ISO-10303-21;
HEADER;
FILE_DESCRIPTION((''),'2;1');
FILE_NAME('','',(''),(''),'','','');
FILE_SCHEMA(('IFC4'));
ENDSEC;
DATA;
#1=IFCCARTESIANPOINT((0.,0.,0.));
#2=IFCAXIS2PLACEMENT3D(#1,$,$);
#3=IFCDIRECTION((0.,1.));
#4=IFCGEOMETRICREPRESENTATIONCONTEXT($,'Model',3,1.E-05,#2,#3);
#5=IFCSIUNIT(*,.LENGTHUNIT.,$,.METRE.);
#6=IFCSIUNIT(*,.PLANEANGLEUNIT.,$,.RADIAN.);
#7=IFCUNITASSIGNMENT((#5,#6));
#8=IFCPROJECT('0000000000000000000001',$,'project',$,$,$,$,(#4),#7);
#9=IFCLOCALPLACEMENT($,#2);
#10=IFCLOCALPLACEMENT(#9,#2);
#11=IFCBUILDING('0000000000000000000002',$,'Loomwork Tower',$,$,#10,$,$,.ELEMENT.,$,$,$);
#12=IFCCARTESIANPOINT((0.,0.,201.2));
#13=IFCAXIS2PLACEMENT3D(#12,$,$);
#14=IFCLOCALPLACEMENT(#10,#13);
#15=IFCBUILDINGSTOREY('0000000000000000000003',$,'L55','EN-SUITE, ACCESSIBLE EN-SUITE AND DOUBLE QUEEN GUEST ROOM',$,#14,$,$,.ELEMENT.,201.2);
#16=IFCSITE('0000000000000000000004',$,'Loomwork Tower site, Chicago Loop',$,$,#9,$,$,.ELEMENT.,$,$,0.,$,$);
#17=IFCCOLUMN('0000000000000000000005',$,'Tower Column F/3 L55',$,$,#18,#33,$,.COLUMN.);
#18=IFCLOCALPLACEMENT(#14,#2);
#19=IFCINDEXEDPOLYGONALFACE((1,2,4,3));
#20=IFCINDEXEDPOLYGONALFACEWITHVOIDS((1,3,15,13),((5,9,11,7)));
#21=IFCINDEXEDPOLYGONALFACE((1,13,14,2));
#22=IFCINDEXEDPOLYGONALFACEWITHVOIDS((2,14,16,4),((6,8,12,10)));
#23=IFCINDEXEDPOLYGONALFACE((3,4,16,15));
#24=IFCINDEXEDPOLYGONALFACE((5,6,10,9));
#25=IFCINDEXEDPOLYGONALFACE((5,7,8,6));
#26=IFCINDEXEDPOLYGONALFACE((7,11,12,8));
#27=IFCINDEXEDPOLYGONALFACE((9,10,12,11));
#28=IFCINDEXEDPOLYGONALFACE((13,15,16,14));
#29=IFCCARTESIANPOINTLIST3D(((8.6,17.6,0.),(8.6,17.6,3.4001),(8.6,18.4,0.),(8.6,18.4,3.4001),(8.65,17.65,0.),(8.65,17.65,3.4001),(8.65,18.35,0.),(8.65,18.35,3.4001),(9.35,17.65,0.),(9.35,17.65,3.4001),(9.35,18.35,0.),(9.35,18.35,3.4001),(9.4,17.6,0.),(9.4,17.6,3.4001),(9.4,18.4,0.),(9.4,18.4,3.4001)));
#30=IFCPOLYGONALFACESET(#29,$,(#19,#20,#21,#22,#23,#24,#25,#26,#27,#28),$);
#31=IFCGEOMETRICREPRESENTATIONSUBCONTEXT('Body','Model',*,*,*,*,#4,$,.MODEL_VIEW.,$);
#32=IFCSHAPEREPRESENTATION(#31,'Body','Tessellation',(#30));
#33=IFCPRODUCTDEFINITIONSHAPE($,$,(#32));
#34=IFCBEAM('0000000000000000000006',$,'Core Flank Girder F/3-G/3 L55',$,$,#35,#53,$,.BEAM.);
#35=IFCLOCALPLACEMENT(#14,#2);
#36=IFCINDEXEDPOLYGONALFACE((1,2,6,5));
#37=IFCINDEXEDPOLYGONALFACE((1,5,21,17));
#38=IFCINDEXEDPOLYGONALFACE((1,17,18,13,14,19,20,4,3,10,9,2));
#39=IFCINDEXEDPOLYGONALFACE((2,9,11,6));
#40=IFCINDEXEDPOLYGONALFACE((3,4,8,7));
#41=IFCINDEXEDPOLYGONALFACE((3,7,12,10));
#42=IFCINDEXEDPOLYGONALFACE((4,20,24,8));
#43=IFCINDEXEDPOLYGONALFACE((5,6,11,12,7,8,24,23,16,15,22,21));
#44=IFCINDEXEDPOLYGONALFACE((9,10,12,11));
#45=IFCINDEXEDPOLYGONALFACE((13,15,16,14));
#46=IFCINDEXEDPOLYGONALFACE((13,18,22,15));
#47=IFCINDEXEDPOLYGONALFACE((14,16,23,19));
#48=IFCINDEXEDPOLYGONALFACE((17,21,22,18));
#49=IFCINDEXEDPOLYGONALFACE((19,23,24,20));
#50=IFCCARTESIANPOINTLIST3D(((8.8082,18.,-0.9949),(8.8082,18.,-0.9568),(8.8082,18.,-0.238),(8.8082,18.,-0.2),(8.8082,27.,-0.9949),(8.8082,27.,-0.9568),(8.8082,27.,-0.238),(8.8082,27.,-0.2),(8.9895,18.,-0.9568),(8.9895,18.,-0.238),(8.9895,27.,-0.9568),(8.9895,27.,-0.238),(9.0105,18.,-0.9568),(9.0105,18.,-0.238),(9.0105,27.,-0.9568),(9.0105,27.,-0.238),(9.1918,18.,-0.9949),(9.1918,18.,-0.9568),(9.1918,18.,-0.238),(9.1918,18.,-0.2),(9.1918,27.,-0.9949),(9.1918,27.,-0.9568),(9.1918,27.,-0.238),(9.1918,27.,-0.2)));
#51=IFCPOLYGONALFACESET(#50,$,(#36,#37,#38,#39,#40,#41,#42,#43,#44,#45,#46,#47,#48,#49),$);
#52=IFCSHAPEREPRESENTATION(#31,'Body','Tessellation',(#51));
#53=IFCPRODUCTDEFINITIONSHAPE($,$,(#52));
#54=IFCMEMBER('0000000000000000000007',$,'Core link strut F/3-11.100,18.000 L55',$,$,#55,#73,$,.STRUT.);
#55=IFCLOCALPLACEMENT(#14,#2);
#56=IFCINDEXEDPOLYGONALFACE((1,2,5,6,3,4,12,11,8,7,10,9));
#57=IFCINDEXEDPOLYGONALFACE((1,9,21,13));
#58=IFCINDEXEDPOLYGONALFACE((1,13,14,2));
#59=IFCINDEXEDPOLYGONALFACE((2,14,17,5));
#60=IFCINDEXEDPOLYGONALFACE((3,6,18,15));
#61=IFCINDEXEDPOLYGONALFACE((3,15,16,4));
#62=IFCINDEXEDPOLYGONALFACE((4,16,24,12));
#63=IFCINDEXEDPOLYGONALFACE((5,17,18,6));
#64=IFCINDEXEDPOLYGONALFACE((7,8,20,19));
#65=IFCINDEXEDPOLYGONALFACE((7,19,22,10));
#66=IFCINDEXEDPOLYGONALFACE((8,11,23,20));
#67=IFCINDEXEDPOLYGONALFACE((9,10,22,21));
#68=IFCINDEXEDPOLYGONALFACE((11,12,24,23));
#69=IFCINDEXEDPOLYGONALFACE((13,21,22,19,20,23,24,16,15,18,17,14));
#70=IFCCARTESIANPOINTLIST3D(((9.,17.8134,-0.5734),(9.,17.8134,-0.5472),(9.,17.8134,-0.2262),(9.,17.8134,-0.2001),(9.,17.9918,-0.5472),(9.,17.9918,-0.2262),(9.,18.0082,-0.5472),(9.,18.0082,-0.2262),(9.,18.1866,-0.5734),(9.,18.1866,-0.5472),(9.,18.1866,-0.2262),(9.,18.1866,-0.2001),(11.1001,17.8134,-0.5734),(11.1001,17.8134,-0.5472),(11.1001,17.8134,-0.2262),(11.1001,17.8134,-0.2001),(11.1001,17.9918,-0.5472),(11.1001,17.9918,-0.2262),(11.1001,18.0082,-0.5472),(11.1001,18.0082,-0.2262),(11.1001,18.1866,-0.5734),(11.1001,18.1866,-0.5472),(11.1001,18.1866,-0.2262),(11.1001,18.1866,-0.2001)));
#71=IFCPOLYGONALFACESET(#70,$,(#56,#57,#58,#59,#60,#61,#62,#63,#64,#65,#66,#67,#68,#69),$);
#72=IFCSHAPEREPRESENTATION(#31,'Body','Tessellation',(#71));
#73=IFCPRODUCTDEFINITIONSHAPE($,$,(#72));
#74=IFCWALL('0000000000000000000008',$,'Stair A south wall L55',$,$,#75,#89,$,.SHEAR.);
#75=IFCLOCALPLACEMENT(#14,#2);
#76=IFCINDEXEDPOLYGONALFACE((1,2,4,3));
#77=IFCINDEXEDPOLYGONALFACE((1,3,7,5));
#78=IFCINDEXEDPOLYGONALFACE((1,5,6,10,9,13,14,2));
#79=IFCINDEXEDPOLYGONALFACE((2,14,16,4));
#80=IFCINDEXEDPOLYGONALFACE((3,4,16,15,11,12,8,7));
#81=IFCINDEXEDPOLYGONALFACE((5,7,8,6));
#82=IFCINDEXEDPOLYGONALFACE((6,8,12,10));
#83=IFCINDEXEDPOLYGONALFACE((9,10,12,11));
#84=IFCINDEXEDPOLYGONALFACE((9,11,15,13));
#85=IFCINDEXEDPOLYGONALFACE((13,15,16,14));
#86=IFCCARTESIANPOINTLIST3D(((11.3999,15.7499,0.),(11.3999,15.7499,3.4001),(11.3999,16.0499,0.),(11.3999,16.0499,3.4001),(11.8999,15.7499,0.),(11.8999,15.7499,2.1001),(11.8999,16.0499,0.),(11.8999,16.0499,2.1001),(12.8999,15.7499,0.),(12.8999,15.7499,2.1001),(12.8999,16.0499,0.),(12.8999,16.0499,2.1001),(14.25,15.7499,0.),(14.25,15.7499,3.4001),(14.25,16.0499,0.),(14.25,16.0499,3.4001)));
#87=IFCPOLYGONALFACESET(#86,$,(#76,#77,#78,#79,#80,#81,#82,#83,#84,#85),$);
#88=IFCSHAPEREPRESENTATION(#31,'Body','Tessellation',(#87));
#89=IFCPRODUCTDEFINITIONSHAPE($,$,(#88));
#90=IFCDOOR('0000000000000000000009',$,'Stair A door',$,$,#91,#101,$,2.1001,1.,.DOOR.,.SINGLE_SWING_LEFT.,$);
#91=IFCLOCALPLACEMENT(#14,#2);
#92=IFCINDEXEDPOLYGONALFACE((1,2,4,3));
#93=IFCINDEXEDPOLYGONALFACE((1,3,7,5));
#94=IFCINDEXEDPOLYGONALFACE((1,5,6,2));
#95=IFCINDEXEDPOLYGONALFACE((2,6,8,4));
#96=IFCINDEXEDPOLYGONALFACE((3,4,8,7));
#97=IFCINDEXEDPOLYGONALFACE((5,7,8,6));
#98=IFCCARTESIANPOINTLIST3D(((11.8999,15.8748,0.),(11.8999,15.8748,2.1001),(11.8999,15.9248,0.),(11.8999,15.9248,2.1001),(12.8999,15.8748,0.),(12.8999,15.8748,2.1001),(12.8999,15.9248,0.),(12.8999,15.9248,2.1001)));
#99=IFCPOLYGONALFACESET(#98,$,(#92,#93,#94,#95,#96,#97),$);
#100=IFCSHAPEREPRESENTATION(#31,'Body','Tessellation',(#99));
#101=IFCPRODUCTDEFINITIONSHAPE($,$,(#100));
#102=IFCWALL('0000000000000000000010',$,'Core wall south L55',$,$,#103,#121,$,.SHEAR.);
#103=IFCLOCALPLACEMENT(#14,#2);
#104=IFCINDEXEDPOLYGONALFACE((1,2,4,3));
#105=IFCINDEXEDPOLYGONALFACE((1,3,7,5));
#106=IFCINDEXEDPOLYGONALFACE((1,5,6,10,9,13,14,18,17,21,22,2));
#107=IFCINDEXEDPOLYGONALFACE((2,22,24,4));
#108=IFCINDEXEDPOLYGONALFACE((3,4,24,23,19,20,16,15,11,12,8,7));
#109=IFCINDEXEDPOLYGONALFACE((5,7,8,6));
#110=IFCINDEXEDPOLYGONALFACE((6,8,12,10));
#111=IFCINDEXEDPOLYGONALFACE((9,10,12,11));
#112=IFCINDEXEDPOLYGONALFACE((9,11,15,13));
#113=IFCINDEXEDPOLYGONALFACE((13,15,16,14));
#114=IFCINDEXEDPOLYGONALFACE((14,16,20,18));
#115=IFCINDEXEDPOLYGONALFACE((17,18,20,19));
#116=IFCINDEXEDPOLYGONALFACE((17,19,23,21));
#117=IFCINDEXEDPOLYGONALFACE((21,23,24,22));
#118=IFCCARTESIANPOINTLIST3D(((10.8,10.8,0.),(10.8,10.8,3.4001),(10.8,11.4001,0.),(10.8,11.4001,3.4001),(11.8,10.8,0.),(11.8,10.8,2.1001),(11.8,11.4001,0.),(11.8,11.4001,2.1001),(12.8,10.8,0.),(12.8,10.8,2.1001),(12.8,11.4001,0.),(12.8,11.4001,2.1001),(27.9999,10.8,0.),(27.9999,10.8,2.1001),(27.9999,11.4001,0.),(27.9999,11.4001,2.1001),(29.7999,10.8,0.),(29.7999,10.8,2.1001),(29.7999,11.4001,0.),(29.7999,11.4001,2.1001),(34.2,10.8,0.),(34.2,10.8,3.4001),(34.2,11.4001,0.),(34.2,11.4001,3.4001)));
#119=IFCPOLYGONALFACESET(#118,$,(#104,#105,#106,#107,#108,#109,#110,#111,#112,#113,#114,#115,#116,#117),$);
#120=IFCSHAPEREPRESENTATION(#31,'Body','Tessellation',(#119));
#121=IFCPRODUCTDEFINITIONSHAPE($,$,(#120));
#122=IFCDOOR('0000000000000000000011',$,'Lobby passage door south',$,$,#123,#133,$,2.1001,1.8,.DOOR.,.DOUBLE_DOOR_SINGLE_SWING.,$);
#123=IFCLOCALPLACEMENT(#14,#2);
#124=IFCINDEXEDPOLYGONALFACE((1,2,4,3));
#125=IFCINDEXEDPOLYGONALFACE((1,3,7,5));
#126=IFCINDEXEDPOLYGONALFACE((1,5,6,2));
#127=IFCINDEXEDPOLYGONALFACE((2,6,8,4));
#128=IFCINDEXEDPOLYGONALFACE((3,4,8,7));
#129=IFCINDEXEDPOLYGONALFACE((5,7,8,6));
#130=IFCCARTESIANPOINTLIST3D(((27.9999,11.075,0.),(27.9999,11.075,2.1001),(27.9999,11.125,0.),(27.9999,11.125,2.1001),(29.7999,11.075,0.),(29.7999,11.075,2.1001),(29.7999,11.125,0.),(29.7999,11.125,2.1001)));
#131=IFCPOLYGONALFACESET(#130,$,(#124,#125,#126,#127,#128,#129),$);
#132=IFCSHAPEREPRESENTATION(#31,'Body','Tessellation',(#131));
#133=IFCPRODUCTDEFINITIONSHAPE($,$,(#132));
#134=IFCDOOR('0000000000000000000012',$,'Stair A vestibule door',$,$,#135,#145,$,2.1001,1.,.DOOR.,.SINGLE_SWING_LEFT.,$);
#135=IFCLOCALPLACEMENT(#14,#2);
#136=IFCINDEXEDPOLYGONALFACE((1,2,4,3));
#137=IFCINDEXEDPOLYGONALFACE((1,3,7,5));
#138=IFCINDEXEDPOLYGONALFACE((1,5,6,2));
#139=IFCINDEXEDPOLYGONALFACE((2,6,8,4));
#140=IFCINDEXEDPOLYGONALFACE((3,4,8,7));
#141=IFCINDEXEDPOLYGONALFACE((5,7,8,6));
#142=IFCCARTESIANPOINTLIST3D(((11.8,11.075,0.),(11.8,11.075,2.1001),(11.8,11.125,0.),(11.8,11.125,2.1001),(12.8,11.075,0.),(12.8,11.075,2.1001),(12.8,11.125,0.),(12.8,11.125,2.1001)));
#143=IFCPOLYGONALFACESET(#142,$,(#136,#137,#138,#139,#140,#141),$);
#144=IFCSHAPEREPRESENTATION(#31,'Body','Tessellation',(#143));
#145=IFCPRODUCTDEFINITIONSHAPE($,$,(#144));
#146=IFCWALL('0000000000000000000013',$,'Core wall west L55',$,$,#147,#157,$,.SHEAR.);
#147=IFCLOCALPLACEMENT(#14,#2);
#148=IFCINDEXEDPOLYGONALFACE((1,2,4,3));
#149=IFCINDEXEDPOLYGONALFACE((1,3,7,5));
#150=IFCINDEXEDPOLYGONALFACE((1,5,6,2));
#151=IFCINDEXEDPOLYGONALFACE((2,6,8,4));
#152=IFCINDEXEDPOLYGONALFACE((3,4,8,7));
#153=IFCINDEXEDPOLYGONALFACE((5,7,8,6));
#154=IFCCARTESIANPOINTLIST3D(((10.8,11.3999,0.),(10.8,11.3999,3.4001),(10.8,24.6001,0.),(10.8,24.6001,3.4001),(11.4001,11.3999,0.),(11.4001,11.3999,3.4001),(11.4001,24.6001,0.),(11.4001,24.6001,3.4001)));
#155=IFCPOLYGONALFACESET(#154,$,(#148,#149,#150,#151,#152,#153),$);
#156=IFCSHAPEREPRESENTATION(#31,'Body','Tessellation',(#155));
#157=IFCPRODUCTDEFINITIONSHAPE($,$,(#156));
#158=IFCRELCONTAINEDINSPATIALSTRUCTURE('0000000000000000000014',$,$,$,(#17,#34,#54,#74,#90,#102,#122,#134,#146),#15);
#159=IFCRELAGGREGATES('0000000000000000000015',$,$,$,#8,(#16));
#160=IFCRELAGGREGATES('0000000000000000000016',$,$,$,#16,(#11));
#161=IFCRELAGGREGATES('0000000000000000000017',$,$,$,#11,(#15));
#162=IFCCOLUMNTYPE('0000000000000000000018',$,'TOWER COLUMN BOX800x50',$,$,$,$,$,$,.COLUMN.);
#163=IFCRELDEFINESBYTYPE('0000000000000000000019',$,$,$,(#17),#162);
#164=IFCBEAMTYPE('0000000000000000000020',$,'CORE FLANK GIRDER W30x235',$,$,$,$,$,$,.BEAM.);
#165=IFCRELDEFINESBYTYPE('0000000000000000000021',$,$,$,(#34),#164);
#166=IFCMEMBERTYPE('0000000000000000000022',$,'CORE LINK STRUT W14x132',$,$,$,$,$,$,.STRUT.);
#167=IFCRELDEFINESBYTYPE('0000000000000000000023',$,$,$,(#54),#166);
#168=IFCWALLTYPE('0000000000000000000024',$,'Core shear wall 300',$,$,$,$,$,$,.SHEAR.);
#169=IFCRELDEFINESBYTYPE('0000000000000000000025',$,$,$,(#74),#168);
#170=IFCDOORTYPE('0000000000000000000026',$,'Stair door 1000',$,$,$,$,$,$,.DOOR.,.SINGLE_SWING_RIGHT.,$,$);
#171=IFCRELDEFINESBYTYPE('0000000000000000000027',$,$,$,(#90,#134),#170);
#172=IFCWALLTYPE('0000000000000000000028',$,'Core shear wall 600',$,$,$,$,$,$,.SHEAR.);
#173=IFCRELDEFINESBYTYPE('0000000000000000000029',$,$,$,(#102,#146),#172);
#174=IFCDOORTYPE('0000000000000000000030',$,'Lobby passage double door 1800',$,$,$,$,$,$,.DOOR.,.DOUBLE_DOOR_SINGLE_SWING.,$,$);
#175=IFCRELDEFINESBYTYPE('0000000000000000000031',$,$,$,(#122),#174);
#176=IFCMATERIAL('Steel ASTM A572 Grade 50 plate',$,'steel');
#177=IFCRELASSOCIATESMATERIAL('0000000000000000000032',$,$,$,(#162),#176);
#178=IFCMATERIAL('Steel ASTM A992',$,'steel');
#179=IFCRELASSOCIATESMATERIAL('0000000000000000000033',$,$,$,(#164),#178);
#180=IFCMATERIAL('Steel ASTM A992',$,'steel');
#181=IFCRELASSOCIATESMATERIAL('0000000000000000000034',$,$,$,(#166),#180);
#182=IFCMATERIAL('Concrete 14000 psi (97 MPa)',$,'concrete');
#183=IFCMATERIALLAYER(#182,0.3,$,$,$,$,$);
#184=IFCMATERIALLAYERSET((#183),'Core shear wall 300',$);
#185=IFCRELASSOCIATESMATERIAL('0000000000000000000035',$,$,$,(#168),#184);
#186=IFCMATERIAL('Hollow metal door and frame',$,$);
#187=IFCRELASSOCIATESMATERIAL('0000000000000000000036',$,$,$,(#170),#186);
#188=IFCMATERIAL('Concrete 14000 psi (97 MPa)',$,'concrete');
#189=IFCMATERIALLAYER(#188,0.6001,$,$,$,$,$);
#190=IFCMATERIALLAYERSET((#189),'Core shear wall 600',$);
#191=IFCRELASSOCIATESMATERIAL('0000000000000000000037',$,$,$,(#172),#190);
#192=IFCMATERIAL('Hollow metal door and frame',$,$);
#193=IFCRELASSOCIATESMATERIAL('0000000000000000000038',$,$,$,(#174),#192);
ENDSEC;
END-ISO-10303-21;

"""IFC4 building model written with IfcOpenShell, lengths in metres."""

from ifc_helpers import new_model, si_unit, direction, frame, frame_2d, origin, origin_2d, place, context, subcontext, project, spatial, rectangle, hollow_rectangle, i_section, extrude, material, layer, layer_set, material_profile, profile_set, type_object, element, fill, save


model = new_model("IFC4")

# Units and contexts
model_context = context("Model", 3, precision=1e-05, world=origin(), true_north=direction((0.0, 1.0)))
body_context = subcontext(model_context, "Body", "Model", "MODEL_VIEW")
ifc_project = project(units=[si_unit("LENGTHUNIT", "METRE"), si_unit("PLANEANGLEUNIT", "RADIAN")], contexts=[model_context])

# Site, building, storey
site_placement = place(None, origin())
site = spatial("IfcSite", under=ifc_project, at=site_placement, Name="Loomwork Tower site, Chicago Loop", CompositionType="ELEMENT", RefElevation=0.0)
building_placement = place(site_placement, origin())
building = spatial("IfcBuilding", under=site, at=building_placement, Name="Loomwork Tower", CompositionType="ELEMENT")
storey_placement = place(building_placement, frame((0.0, 0.0, 201.2)))
storey = spatial("IfcBuildingStorey", under=building, at=storey_placement, Name="L55", Description="EN-SUITE, ACCESSIBLE EN-SUITE AND DOUBLE QUEEN GUEST ROOM", CompositionType="ELEMENT", Elevation=201.2)

# Column
ifc_material_1 = material(Name="Steel ASTM A572 Grade 50 plate", Category="steel")
ifc_material_profile_1 = material_profile(ifc_material_1, hollow_rectangle(XDim=0.8, YDim=0.8, WallThickness=0.05, at=origin_2d()), Name="BOX800x50")
ifc_profile_set_1 = profile_set([ifc_material_profile_1], Name="Steel ASTM A572 Grade 50 plate")
column_type = type_object("IfcColumnType", Name="TOWER COLUMN BOX800x50", PredefinedType="COLUMN", material=ifc_profile_set_1)
column_placement = place(storey_placement, frame((9.0, 18.0, 0.0), z_axis=(0.0, 0.0, 1.0), x_axis=(1.0, 0.0, 0.0)))
element("IfcColumn", 1, at=column_placement, inside=storey, type_object=column_type, Name="Tower Column F/3 L55", PredefinedType="COLUMN", context=body_context, shape_type="SweptSolid", body=[
    extrude(hollow_rectangle(XDim=0.8, YDim=0.8, WallThickness=0.05, at=origin_2d()), origin(), (0.0, 0.0, 1.0), 3.4001),
])

# Beam
ifc_material_2 = material(Name="Steel ASTM A992", Category="steel")
ifc_material_profile_2 = material_profile(ifc_material_2, i_section(OverallWidth=0.3835, OverallDepth=0.7949, WebThickness=0.021, FlangeThickness=0.0381, at=origin_2d()), Name="W30x235")
ifc_profile_set_2 = profile_set([ifc_material_profile_2], Name="Steel ASTM A992")
beam_type = type_object("IfcBeamType", Name="CORE FLANK GIRDER W30x235", PredefinedType="BEAM", material=ifc_profile_set_2)
beam_placement = place(storey_placement, frame((9.0, 18.0, -0.5974), z_axis=(0.0, 1.0, 0.0), x_axis=(-1.0, 0.0, 0.0)))
element("IfcBeam", 2, at=beam_placement, inside=storey, type_object=beam_type, Name="Core Flank Girder F/3-G/3 L55", PredefinedType="BEAM", context=body_context, shape_type="SweptSolid", body=[
    extrude(i_section(OverallWidth=0.3835, OverallDepth=0.7949, WebThickness=0.021, FlangeThickness=0.0381, at=origin_2d()), origin(), (0.0, 0.0, 1.0), 9.0),
])

# Member
ifc_material_3 = material(Name="Steel ASTM A992", Category="steel")
ifc_material_profile_3 = material_profile(ifc_material_3, i_section(OverallWidth=0.3733, OverallDepth=0.3733, WebThickness=0.0164, FlangeThickness=0.0261, at=origin_2d()), Name="W14x132")
ifc_profile_set_3 = profile_set([ifc_material_profile_3], Name="Steel ASTM A992")
member_type = type_object("IfcMemberType", Name="CORE LINK STRUT W14x132", PredefinedType="STRUT", material=ifc_profile_set_3)
member_placement = place(storey_placement, frame((9.0, 18.0, -0.3867), z_axis=(1.0, 0.0, 0.0), x_axis=(0.0, 1.0, 0.0)))
element("IfcMember", 3, at=member_placement, inside=storey, type_object=member_type, Name="Core link strut F/3-11.100,18.000 L55", PredefinedType="STRUT", context=body_context, shape_type="SweptSolid", body=[
    extrude(i_section(OverallWidth=0.3733, OverallDepth=0.3733, WebThickness=0.0164, FlangeThickness=0.0261, at=origin_2d()), origin(), (0.0, 0.0, 1.0), 2.1001),
])

# Wall, opening, door
ifc_material_4 = material(Name="Concrete 14000 psi (97 MPa)", Category="concrete")
ifc_layer_1 = layer(ifc_material_4, 0.3)
ifc_layer_set_1 = layer_set([ifc_layer_1], Name="Core shear wall 300")
wall_type_1 = type_object("IfcWallType", Name="Core shear wall 300", PredefinedType="SHEAR", material=ifc_layer_set_1)
wall_1_placement = place(storey_placement, frame((11.3999, 15.8999, 0.0), z_axis=(0.0, 0.0, 1.0), x_axis=(1.0, 0.0, 0.0)))
wall_1 = element("IfcWall", 4, at=wall_1_placement, inside=storey, type_object=wall_type_1, Name="Stair A south wall L55", PredefinedType="SHEAR", context=body_context, shape_type="SweptSolid", body=[
    extrude(rectangle(XDim=2.8501, YDim=0.3, at=frame_2d((1.425, 0.0))), origin(), (0.0, 0.0, 1.0), 3.4001),
])
opening_1_placement = place(wall_1_placement, frame((0.5, 0.0, 0.0)))
opening_1 = element("IfcOpeningElement", 5, at=opening_1_placement, cuts=wall_1, PredefinedType="OPENING", context=body_context, shape_type="SweptSolid", body=[
    extrude(rectangle(XDim=1.0, YDim=2.1001, at=frame_2d((0.5, 1.05))), frame((0.0, 0.1599, 0.0), z_axis=(0.0, -1.0, 0.0), x_axis=(1.0, 0.0, 0.0)), (0.0, 0.0, 1.0), 0.3201),
])
ifc_material_5 = material(Name="Hollow metal door and frame")
door_type_1 = type_object("IfcDoorType", Name="Stair door 1000", OperationType="SINGLE_SWING_RIGHT", PredefinedType="DOOR", material=ifc_material_5)
door_1_placement = place(opening_1_placement, origin())
door_1 = element("IfcDoor", 6, at=door_1_placement, inside=storey, type_object=door_type_1, Name="Stair A door", OperationType="SINGLE_SWING_LEFT", OverallHeight=2.1001, OverallWidth=1.0, PredefinedType="DOOR", context=body_context, shape_type="SweptSolid", body=[
    extrude(rectangle(XDim=1.0, YDim=2.1001, at=frame_2d((0.5, 1.05))), frame((0.0, 0.0249, 0.0), z_axis=(0.0, -1.0, 0.0), x_axis=(1.0, 0.0, 0.0)), (0.0, 0.0, 1.0), 0.05),
])
fill(opening_1, door_1)

# Wall, openings, doors
ifc_material_6 = material(Name="Concrete 14000 psi (97 MPa)", Category="concrete")
ifc_layer_2 = layer(ifc_material_6, 0.6001)
ifc_layer_set_2 = layer_set([ifc_layer_2], Name="Core shear wall 600")
wall_type_2 = type_object("IfcWallType", Name="Core shear wall 600", PredefinedType="SHEAR", material=ifc_layer_set_2)
wall_2_placement = place(storey_placement, frame((10.8, 11.1001, 0.0), z_axis=(0.0, 0.0, 1.0), x_axis=(1.0, 0.0, 0.0)))
wall_2 = element("IfcWall", 7, at=wall_2_placement, inside=storey, type_object=wall_type_2, Name="Core wall south L55", PredefinedType="SHEAR", context=body_context, shape_type="SweptSolid", body=[
    extrude(rectangle(XDim=23.3999, YDim=0.6001, at=frame_2d((11.7, 0.0))), origin(), (0.0, 0.0, 1.0), 3.4001),
])
opening_2_placement = place(wall_2_placement, frame((1.0, 0.0, 0.0)))
opening_2 = element("IfcOpeningElement", 8, at=opening_2_placement, cuts=wall_2, PredefinedType="OPENING", context=body_context, shape_type="SweptSolid", body=[
    extrude(rectangle(XDim=1.0, YDim=2.1001, at=frame_2d((0.5, 1.05))), frame((0.0, 0.3101, 0.0), z_axis=(0.0, -1.0, 0.0), x_axis=(1.0, 0.0, 0.0)), (0.0, 0.0, 1.0), 0.6201),
])
opening_3_placement = place(wall_2_placement, frame((17.2, 0.0, 0.0)))
opening_3 = element("IfcOpeningElement", 9, at=opening_3_placement, cuts=wall_2, PredefinedType="OPENING", context=body_context, shape_type="SweptSolid", body=[
    extrude(rectangle(XDim=1.8, YDim=2.1001, at=frame_2d((0.8999, 1.05))), frame((0.0, 0.3101, 0.0), z_axis=(0.0, -1.0, 0.0), x_axis=(1.0, 0.0, 0.0)), (0.0, 0.0, 1.0), 0.6201),
])
ifc_material_7 = material(Name="Hollow metal door and frame")
door_type_2 = type_object("IfcDoorType", Name="Lobby passage double door 1800", OperationType="DOUBLE_DOOR_SINGLE_SWING", PredefinedType="DOOR", material=ifc_material_7)
door_2_placement = place(opening_3_placement, origin())
door_2 = element("IfcDoor", 10, at=door_2_placement, inside=storey, type_object=door_type_2, Name="Lobby passage door south", OperationType="DOUBLE_DOOR_SINGLE_SWING", OverallHeight=2.1001, OverallWidth=1.8, PredefinedType="DOOR", context=body_context, shape_type="SweptSolid", body=[
    extrude(rectangle(XDim=1.8, YDim=2.1001, at=frame_2d((0.8999, 1.05))), frame((0.0, 0.0249, 0.0), z_axis=(0.0, -1.0, 0.0), x_axis=(1.0, 0.0, 0.0)), (0.0, 0.0, 1.0), 0.05),
])
fill(opening_3, door_2)
door_3_placement = place(opening_2_placement, origin())
door_3 = element("IfcDoor", 11, at=door_3_placement, inside=storey, type_object=door_type_1, Name="Stair A vestibule door", OperationType="SINGLE_SWING_LEFT", OverallHeight=2.1001, OverallWidth=1.0, PredefinedType="DOOR", context=body_context, shape_type="SweptSolid", body=[
    extrude(rectangle(XDim=1.0, YDim=2.1001, at=frame_2d((0.5, 1.05))), frame((0.0, 0.0249, 0.0), z_axis=(0.0, -1.0, 0.0), x_axis=(1.0, 0.0, 0.0)), (0.0, 0.0, 1.0), 0.05),
])
fill(opening_2, door_3)

# Wall
wall_3_placement = place(storey_placement, frame((11.1001, 11.3999, 0.0), z_axis=(0.0, 0.0, 1.0), x_axis=(0.0, 1.0, 0.0)))
element("IfcWall", 12, at=wall_3_placement, inside=storey, type_object=wall_type_2, Name="Core wall west L55", PredefinedType="SHEAR", context=body_context, shape_type="SweptSolid", body=[
    extrude(rectangle(XDim=13.2002, YDim=0.6001, at=frame_2d((6.6001, 0.0))), origin(), (0.0, 0.0, 1.0), 3.4001),
])

save(model, "model.ifc")
